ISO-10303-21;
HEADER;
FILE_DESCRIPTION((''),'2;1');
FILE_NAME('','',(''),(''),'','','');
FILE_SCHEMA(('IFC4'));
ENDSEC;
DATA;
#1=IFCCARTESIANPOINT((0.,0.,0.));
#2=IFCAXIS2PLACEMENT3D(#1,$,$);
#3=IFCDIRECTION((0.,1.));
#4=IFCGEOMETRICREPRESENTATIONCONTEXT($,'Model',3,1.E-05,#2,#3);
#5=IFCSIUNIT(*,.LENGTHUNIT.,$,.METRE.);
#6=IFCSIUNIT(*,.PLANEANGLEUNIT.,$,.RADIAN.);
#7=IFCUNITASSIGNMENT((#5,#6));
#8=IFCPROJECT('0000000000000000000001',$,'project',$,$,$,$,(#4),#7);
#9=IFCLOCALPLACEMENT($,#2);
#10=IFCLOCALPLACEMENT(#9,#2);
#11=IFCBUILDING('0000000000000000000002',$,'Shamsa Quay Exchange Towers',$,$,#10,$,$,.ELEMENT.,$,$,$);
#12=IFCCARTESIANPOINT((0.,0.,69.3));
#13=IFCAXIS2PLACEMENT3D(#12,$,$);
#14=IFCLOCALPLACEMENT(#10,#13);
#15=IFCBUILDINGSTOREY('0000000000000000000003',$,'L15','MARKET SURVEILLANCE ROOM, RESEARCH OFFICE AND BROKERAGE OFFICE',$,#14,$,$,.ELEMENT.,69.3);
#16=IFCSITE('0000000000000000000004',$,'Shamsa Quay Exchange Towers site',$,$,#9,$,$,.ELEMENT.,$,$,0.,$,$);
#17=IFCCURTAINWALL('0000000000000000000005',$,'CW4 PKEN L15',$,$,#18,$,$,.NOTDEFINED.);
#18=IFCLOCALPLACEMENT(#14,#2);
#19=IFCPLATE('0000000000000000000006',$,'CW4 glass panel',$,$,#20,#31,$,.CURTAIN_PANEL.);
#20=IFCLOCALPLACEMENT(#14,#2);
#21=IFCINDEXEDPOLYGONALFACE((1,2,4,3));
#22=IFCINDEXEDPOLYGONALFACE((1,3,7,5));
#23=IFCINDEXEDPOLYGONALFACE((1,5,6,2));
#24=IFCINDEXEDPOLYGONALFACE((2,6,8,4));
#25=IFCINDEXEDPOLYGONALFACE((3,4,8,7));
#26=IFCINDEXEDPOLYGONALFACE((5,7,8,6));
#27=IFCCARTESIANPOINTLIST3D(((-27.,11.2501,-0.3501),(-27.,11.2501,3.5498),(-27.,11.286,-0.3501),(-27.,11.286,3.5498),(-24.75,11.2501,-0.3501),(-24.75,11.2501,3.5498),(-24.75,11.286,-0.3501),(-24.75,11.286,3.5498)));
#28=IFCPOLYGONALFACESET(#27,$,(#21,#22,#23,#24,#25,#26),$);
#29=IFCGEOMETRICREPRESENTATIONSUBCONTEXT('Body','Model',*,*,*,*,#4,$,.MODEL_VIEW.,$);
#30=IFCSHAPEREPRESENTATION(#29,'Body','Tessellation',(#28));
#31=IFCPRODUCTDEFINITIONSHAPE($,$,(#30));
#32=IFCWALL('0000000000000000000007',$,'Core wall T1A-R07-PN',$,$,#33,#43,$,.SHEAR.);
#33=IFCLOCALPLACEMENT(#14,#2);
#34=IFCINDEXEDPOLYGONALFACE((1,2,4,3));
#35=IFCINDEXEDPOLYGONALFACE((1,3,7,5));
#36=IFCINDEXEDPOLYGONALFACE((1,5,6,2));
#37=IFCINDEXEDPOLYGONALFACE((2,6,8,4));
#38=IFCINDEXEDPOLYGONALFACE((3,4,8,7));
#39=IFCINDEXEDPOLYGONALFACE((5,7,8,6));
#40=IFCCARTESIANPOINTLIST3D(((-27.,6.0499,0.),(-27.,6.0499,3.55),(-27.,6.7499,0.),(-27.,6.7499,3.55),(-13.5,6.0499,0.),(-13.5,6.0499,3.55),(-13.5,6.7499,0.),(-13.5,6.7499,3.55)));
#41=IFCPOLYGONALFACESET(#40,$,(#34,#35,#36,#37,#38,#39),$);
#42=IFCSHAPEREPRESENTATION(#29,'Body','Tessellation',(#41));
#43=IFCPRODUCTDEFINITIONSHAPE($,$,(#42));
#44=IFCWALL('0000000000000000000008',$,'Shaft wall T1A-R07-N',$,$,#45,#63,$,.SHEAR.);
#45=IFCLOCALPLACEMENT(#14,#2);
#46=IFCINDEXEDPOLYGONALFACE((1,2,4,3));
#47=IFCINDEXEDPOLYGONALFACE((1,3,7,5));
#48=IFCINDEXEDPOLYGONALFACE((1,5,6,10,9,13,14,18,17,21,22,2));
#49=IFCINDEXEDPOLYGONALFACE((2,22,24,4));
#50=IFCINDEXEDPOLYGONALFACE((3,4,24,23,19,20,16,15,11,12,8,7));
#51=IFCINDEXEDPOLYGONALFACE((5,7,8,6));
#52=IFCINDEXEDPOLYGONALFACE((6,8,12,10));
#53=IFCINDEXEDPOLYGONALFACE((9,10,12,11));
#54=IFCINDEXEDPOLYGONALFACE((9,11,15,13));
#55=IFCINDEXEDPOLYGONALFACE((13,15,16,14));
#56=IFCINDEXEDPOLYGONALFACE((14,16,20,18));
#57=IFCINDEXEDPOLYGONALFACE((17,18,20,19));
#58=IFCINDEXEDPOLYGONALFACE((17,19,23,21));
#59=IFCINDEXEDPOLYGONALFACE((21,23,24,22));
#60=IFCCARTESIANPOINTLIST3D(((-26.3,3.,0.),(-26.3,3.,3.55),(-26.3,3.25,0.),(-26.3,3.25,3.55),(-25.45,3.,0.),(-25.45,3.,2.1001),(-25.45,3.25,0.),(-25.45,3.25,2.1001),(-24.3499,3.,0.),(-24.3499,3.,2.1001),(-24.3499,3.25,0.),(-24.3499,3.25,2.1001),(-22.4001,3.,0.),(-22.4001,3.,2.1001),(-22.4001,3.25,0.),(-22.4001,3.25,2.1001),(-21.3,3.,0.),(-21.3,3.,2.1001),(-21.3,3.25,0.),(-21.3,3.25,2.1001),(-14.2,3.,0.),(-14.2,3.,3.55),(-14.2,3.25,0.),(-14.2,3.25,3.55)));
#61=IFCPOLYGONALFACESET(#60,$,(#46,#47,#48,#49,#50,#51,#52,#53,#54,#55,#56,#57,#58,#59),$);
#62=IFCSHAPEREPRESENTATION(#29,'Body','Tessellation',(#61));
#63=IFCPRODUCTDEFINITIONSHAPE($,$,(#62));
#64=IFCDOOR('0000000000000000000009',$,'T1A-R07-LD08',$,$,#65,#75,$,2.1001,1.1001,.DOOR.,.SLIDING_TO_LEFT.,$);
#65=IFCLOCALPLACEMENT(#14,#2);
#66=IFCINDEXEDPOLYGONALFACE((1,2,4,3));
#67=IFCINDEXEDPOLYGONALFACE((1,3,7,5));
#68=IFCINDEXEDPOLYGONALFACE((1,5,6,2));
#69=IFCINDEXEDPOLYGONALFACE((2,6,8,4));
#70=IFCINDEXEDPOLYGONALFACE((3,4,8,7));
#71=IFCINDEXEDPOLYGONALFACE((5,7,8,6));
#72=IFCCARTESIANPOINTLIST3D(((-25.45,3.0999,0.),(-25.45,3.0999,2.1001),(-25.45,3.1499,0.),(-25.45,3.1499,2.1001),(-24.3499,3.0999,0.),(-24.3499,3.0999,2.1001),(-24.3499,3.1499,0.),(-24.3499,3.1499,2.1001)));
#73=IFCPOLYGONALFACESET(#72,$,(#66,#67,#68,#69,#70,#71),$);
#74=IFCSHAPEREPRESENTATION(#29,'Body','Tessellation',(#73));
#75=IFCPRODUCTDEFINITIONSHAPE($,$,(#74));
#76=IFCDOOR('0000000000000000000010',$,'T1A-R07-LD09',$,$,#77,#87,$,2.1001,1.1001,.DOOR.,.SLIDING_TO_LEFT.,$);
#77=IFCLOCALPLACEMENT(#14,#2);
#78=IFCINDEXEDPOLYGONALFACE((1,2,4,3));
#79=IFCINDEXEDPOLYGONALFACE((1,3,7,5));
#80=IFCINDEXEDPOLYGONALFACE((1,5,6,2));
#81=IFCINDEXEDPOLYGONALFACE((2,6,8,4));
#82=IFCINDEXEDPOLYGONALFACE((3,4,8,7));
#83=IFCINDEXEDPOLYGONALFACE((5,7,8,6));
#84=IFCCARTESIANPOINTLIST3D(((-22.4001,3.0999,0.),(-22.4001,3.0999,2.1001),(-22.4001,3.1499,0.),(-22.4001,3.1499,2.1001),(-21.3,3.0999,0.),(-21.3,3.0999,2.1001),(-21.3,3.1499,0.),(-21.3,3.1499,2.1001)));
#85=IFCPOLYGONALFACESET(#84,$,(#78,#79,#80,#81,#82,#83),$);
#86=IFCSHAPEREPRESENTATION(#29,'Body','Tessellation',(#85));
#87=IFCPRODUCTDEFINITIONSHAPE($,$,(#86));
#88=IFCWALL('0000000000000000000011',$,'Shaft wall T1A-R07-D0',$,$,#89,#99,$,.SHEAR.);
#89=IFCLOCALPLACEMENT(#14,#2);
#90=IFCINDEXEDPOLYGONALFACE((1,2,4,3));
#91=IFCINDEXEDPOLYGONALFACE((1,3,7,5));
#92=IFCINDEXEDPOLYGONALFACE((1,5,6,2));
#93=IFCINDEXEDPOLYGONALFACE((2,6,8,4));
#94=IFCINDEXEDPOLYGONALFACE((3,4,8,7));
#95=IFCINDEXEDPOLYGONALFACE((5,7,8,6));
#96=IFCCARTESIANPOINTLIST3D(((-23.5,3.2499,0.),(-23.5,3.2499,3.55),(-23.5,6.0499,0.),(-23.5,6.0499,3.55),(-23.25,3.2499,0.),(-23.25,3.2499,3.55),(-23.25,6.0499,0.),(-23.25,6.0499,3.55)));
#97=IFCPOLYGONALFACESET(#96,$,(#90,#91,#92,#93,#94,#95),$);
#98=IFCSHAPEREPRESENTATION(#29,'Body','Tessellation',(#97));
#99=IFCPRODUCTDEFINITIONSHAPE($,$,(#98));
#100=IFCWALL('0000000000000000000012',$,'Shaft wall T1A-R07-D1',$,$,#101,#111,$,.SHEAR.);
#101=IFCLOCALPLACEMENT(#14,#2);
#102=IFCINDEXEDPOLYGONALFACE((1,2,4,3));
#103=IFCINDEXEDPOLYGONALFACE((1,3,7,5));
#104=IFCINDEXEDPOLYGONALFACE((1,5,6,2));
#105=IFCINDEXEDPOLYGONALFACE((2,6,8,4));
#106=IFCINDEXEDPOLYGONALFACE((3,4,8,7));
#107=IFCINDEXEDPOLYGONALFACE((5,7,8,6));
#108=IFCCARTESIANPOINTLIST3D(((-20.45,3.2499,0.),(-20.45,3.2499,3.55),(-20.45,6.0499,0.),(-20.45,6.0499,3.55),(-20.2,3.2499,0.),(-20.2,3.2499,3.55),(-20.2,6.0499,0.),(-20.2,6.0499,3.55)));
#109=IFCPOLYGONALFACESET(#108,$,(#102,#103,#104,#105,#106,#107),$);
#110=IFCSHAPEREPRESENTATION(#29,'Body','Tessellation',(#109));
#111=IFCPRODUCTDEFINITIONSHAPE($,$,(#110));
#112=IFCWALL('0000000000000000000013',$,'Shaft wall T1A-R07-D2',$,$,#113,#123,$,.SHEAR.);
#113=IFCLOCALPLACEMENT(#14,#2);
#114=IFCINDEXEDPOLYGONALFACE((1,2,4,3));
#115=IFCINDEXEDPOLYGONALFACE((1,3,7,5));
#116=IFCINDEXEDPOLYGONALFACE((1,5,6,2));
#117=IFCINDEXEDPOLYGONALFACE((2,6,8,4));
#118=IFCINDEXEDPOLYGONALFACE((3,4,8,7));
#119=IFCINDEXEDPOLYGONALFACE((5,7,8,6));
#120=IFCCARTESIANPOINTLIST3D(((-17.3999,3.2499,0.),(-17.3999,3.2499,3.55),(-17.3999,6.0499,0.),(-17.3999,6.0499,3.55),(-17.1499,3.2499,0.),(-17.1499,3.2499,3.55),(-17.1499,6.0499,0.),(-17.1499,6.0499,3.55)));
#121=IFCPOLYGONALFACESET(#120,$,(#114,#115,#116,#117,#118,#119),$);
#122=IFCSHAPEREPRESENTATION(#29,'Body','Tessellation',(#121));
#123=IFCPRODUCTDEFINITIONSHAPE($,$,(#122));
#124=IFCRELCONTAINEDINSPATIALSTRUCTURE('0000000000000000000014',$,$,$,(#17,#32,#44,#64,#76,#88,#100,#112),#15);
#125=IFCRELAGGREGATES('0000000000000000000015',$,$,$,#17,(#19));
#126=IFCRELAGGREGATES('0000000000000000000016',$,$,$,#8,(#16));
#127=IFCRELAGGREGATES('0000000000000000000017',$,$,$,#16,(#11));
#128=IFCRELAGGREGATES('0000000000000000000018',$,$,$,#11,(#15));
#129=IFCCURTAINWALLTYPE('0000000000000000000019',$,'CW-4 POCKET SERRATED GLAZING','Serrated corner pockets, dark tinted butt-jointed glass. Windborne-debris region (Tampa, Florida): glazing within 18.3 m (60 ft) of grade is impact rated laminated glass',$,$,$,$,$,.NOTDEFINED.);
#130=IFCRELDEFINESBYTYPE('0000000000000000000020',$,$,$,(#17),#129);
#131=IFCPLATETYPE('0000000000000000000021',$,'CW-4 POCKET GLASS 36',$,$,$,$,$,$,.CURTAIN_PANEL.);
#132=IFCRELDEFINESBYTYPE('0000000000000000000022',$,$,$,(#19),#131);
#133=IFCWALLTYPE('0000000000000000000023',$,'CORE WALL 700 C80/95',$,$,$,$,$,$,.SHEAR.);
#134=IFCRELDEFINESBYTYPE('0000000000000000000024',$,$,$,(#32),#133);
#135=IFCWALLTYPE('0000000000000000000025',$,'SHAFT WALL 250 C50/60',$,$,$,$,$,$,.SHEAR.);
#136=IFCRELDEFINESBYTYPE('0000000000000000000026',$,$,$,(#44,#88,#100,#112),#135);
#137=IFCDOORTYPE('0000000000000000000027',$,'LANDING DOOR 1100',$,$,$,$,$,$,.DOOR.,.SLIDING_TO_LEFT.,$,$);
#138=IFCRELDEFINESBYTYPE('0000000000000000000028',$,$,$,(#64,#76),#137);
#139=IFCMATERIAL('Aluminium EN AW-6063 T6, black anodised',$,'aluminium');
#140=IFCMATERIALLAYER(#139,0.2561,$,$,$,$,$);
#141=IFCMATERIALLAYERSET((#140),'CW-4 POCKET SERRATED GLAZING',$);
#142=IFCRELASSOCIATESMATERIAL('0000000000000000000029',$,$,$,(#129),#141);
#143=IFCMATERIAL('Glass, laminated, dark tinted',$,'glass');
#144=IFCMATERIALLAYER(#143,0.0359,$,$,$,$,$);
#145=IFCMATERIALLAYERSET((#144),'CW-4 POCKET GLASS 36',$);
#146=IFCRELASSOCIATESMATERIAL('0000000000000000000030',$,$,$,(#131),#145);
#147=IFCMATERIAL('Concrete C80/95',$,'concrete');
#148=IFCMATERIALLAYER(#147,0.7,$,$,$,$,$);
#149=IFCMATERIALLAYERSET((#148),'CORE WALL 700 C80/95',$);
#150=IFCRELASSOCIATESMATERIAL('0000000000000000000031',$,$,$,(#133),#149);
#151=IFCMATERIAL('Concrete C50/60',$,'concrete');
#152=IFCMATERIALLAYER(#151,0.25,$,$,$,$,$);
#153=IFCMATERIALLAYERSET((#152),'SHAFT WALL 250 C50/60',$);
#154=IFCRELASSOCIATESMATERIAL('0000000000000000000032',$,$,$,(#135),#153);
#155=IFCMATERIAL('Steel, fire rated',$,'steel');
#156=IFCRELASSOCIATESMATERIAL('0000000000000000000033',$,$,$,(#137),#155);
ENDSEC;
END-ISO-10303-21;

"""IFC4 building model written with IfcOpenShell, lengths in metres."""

from ifc_helpers import new_model, si_unit, direction, frame, frame_2d, origin, origin_2d, place, context, subcontext, project, spatial, rectangle, extrude, material, layer, layer_set, type_object, element, fill, aggregate, save


model = new_model("IFC4")

# Units and contexts
model_context = context("Model", 3, precision=1e-05, world=origin(), true_north=direction((0.0, 1.0)))
body_context = subcontext(model_context, "Body", "Model", "MODEL_VIEW")
ifc_project = project(units=[si_unit("LENGTHUNIT", "METRE"), si_unit("PLANEANGLEUNIT", "RADIAN")], contexts=[model_context])

# Site, building, storey
site_placement = place(None, origin())
site = spatial("IfcSite", under=ifc_project, at=site_placement, Name="Shamsa Quay Exchange Towers site", CompositionType="ELEMENT", RefElevation=0.0)
building_placement = place(site_placement, origin())
building = spatial("IfcBuilding", under=site, at=building_placement, Name="Shamsa Quay Exchange Towers", CompositionType="ELEMENT")
storey_placement = place(building_placement, frame((0.0, 0.0, 69.3)))
storey = spatial("IfcBuildingStorey", under=building, at=storey_placement, Name="L15", Description="MARKET SURVEILLANCE ROOM, RESEARCH OFFICE AND BROKERAGE OFFICE", CompositionType="ELEMENT", Elevation=69.3)

# Shared definitions
ifc_material_1 = material(Name="Aluminium EN AW-6063 T6, black anodised", Category="aluminium")

# Shared definitions
ifc_material_2 = material(Name="Glass, laminated, dark tinted", Category="glass")

# Curtain wall, plate
ifc_layer_1 = layer(ifc_material_1, 0.2561)
ifc_layer_set_1 = layer_set([ifc_layer_1], Name="CW-4 POCKET SERRATED GLAZING")
curtain_wall_type_1 = type_object("IfcCurtainWallType", Name="CW-4 POCKET SERRATED GLAZING", Description="Serrated corner pockets, dark tinted butt-jointed glass. Windborne-debris region (Tampa, Florida): glazing within 18.3 m (60 ft) of grade is impact rated laminated glass", PredefinedType="NOTDEFINED", material=ifc_layer_set_1)
curtain_wall_1_placement = place(storey_placement, origin())
curtain_wall_1 = element("IfcCurtainWall", 1, at=curtain_wall_1_placement, inside=storey, type_object=curtain_wall_type_1, Name="CW4 PKEN L15", PredefinedType="NOTDEFINED")
ifc_layer_2 = layer(ifc_material_2, 0.0359)
ifc_layer_set_2 = layer_set([ifc_layer_2], Name="CW-4 POCKET GLASS 36")
plate_type_1 = type_object("IfcPlateType", Name="CW-4 POCKET GLASS 36", PredefinedType="CURTAIN_PANEL", material=ifc_layer_set_2)
plate_1_placement = place(storey_placement, frame((-25.875, 11.2681, -0.3501), z_axis=(0.0, 0.0, 1.0), x_axis=(-1.0, 0.0, 0.0)))
plate_1 = element("IfcPlate", 2, at=plate_1_placement, type_object=plate_type_1, Name="CW4 glass panel", PredefinedType="CURTAIN_PANEL", context=body_context, shape_type="SweptSolid", body=[
    extrude(rectangle(XDim=2.25, YDim=0.0359, at=origin_2d()), origin(), (0.0, 0.0, 1.0), 3.8999),
])
aggregate(curtain_wall_1, [plate_1])

# Wall
ifc_material_3 = material(Name="Concrete C80/95", Category="concrete")
ifc_layer_3 = layer(ifc_material_3, 0.7)
ifc_layer_set_3 = layer_set([ifc_layer_3], Name="CORE WALL 700 C80/95")
wall_type_1 = type_object("IfcWallType", Name="CORE WALL 700 C80/95", PredefinedType="SHEAR", material=ifc_layer_set_3)
wall_1_placement = place(storey_placement, frame((-27.0, 6.3999, 0.0)))
element("IfcWall", 3, at=wall_1_placement, inside=storey, type_object=wall_type_1, Name="Core wall T1A-R07-PN", PredefinedType="SHEAR", context=body_context, shape_type="SweptSolid", body=[
    extrude(rectangle(XDim=13.5, YDim=0.7, at=frame_2d((6.75, 0.0))), origin(), (0.0, 0.0, 1.0), 3.55),
])

# Shared definitions
ifc_material_4 = material(Name="Steel, fire rated", Category="steel")

# Wall, openings, doors
ifc_material_5 = material(Name="Concrete C50/60", Category="concrete")
ifc_layer_4 = layer(ifc_material_5, 0.25)
ifc_layer_set_4 = layer_set([ifc_layer_4], Name="SHAFT WALL 250 C50/60")
wall_type_2 = type_object("IfcWallType", Name="SHAFT WALL 250 C50/60", PredefinedType="SHEAR", material=ifc_layer_set_4)
wall_2_placement = place(storey_placement, frame((-26.3, 3.125, 0.0)))
wall_2 = element("IfcWall", 4, at=wall_2_placement, inside=storey, type_object=wall_type_2, Name="Shaft wall T1A-R07-N", PredefinedType="SHEAR", context=body_context, shape_type="SweptSolid", body=[
    extrude(rectangle(XDim=12.1001, YDim=0.25, at=frame_2d((6.05, 0.0))), origin(), (0.0, 0.0, 1.0), 3.55),
])
opening_1_placement = place(wall_2_placement, frame((0.8501, 0.0, 0.0)))
opening_1 = element("IfcOpeningElement", 5, at=opening_1_placement, cuts=wall_2, PredefinedType="OPENING", context=body_context, shape_type="SweptSolid", body=[
    extrude(rectangle(XDim=1.1001, YDim=2.1001, at=frame_2d((0.55, 1.05))), frame((0.0, 0.135, 0.0), z_axis=(0.0, -1.0, 0.0), x_axis=(1.0, 0.0, 0.0)), (0.0, 0.0, 1.0), 0.27),
])
opening_2_placement = place(wall_2_placement, frame((3.8999, 0.0, 0.0)))
opening_2 = element("IfcOpeningElement", 6, at=opening_2_placement, cuts=wall_2, PredefinedType="OPENING", context=body_context, shape_type="SweptSolid", body=[
    extrude(rectangle(XDim=1.1001, YDim=2.1001, at=frame_2d((0.55, 1.05))), frame((0.0, 0.135, 0.0), z_axis=(0.0, -1.0, 0.0), x_axis=(1.0, 0.0, 0.0)), (0.0, 0.0, 1.0), 0.27),
])
door_type_1 = type_object("IfcDoorType", Name="LANDING DOOR 1100", OperationType="SLIDING_TO_LEFT", PredefinedType="DOOR", material=ifc_material_4)
door_1_placement = place(opening_1_placement, origin())
door_1 = element("IfcDoor", 7, at=door_1_placement, inside=storey, type_object=door_type_1, Name="T1A-R07-LD08", OperationType="SLIDING_TO_LEFT", OverallHeight=2.1001, OverallWidth=1.1001, PredefinedType="DOOR", context=body_context, shape_type="SweptSolid", body=[
    extrude(rectangle(XDim=1.1001, YDim=2.1001, at=frame_2d((0.55, 1.05))), frame((0.0, 0.0249, 0.0), z_axis=(0.0, -1.0, 0.0), x_axis=(1.0, 0.0, 0.0)), (0.0, 0.0, 1.0), 0.05),
])
fill(opening_1, door_1)
door_2_placement = place(opening_2_placement, origin())
door_2 = element("IfcDoor", 8, at=door_2_placement, inside=storey, type_object=door_type_1, Name="T1A-R07-LD09", OperationType="SLIDING_TO_LEFT", OverallHeight=2.1001, OverallWidth=1.1001, PredefinedType="DOOR", context=body_context, shape_type="SweptSolid", body=[
    extrude(rectangle(XDim=1.1001, YDim=2.1001, at=frame_2d((0.55, 1.05))), frame((0.0, 0.0249, 0.0), z_axis=(0.0, -1.0, 0.0), x_axis=(1.0, 0.0, 0.0)), (0.0, 0.0, 1.0), 0.05),
])
fill(opening_2, door_2)

# Walls
for number, where, z_axis, x_axis, name in (
    (9, (-23.375, 3.25, 0.0), (0.0, 0.0, 1.0), (0.0, 1.0, 0.0), "Shaft wall T1A-R07-D0"),
    (10, (-20.325, 3.25, 0.0), (0.0, 0.0, 1.0), (0.0, 1.0, 0.0), "Shaft wall T1A-R07-D1"),
    (11, (-17.2749, 3.25, 0.0), (0.0, 0.0, 1.0), (0.0, 1.0, 0.0), "Shaft wall T1A-R07-D2"),
):
    element("IfcWall", number, at=place(storey_placement, frame(where, z_axis=z_axis, x_axis=x_axis)), inside=storey, type_object=wall_type_2, Name=name, PredefinedType="SHEAR", context=body_context, shape_type="SweptSolid", body=[
        extrude(rectangle(XDim=2.8, YDim=0.25, at=frame_2d((1.3999, 0.0))), origin(), (0.0, 0.0, 1.0), 3.55),
    ])

save(model, "model.ifc")
